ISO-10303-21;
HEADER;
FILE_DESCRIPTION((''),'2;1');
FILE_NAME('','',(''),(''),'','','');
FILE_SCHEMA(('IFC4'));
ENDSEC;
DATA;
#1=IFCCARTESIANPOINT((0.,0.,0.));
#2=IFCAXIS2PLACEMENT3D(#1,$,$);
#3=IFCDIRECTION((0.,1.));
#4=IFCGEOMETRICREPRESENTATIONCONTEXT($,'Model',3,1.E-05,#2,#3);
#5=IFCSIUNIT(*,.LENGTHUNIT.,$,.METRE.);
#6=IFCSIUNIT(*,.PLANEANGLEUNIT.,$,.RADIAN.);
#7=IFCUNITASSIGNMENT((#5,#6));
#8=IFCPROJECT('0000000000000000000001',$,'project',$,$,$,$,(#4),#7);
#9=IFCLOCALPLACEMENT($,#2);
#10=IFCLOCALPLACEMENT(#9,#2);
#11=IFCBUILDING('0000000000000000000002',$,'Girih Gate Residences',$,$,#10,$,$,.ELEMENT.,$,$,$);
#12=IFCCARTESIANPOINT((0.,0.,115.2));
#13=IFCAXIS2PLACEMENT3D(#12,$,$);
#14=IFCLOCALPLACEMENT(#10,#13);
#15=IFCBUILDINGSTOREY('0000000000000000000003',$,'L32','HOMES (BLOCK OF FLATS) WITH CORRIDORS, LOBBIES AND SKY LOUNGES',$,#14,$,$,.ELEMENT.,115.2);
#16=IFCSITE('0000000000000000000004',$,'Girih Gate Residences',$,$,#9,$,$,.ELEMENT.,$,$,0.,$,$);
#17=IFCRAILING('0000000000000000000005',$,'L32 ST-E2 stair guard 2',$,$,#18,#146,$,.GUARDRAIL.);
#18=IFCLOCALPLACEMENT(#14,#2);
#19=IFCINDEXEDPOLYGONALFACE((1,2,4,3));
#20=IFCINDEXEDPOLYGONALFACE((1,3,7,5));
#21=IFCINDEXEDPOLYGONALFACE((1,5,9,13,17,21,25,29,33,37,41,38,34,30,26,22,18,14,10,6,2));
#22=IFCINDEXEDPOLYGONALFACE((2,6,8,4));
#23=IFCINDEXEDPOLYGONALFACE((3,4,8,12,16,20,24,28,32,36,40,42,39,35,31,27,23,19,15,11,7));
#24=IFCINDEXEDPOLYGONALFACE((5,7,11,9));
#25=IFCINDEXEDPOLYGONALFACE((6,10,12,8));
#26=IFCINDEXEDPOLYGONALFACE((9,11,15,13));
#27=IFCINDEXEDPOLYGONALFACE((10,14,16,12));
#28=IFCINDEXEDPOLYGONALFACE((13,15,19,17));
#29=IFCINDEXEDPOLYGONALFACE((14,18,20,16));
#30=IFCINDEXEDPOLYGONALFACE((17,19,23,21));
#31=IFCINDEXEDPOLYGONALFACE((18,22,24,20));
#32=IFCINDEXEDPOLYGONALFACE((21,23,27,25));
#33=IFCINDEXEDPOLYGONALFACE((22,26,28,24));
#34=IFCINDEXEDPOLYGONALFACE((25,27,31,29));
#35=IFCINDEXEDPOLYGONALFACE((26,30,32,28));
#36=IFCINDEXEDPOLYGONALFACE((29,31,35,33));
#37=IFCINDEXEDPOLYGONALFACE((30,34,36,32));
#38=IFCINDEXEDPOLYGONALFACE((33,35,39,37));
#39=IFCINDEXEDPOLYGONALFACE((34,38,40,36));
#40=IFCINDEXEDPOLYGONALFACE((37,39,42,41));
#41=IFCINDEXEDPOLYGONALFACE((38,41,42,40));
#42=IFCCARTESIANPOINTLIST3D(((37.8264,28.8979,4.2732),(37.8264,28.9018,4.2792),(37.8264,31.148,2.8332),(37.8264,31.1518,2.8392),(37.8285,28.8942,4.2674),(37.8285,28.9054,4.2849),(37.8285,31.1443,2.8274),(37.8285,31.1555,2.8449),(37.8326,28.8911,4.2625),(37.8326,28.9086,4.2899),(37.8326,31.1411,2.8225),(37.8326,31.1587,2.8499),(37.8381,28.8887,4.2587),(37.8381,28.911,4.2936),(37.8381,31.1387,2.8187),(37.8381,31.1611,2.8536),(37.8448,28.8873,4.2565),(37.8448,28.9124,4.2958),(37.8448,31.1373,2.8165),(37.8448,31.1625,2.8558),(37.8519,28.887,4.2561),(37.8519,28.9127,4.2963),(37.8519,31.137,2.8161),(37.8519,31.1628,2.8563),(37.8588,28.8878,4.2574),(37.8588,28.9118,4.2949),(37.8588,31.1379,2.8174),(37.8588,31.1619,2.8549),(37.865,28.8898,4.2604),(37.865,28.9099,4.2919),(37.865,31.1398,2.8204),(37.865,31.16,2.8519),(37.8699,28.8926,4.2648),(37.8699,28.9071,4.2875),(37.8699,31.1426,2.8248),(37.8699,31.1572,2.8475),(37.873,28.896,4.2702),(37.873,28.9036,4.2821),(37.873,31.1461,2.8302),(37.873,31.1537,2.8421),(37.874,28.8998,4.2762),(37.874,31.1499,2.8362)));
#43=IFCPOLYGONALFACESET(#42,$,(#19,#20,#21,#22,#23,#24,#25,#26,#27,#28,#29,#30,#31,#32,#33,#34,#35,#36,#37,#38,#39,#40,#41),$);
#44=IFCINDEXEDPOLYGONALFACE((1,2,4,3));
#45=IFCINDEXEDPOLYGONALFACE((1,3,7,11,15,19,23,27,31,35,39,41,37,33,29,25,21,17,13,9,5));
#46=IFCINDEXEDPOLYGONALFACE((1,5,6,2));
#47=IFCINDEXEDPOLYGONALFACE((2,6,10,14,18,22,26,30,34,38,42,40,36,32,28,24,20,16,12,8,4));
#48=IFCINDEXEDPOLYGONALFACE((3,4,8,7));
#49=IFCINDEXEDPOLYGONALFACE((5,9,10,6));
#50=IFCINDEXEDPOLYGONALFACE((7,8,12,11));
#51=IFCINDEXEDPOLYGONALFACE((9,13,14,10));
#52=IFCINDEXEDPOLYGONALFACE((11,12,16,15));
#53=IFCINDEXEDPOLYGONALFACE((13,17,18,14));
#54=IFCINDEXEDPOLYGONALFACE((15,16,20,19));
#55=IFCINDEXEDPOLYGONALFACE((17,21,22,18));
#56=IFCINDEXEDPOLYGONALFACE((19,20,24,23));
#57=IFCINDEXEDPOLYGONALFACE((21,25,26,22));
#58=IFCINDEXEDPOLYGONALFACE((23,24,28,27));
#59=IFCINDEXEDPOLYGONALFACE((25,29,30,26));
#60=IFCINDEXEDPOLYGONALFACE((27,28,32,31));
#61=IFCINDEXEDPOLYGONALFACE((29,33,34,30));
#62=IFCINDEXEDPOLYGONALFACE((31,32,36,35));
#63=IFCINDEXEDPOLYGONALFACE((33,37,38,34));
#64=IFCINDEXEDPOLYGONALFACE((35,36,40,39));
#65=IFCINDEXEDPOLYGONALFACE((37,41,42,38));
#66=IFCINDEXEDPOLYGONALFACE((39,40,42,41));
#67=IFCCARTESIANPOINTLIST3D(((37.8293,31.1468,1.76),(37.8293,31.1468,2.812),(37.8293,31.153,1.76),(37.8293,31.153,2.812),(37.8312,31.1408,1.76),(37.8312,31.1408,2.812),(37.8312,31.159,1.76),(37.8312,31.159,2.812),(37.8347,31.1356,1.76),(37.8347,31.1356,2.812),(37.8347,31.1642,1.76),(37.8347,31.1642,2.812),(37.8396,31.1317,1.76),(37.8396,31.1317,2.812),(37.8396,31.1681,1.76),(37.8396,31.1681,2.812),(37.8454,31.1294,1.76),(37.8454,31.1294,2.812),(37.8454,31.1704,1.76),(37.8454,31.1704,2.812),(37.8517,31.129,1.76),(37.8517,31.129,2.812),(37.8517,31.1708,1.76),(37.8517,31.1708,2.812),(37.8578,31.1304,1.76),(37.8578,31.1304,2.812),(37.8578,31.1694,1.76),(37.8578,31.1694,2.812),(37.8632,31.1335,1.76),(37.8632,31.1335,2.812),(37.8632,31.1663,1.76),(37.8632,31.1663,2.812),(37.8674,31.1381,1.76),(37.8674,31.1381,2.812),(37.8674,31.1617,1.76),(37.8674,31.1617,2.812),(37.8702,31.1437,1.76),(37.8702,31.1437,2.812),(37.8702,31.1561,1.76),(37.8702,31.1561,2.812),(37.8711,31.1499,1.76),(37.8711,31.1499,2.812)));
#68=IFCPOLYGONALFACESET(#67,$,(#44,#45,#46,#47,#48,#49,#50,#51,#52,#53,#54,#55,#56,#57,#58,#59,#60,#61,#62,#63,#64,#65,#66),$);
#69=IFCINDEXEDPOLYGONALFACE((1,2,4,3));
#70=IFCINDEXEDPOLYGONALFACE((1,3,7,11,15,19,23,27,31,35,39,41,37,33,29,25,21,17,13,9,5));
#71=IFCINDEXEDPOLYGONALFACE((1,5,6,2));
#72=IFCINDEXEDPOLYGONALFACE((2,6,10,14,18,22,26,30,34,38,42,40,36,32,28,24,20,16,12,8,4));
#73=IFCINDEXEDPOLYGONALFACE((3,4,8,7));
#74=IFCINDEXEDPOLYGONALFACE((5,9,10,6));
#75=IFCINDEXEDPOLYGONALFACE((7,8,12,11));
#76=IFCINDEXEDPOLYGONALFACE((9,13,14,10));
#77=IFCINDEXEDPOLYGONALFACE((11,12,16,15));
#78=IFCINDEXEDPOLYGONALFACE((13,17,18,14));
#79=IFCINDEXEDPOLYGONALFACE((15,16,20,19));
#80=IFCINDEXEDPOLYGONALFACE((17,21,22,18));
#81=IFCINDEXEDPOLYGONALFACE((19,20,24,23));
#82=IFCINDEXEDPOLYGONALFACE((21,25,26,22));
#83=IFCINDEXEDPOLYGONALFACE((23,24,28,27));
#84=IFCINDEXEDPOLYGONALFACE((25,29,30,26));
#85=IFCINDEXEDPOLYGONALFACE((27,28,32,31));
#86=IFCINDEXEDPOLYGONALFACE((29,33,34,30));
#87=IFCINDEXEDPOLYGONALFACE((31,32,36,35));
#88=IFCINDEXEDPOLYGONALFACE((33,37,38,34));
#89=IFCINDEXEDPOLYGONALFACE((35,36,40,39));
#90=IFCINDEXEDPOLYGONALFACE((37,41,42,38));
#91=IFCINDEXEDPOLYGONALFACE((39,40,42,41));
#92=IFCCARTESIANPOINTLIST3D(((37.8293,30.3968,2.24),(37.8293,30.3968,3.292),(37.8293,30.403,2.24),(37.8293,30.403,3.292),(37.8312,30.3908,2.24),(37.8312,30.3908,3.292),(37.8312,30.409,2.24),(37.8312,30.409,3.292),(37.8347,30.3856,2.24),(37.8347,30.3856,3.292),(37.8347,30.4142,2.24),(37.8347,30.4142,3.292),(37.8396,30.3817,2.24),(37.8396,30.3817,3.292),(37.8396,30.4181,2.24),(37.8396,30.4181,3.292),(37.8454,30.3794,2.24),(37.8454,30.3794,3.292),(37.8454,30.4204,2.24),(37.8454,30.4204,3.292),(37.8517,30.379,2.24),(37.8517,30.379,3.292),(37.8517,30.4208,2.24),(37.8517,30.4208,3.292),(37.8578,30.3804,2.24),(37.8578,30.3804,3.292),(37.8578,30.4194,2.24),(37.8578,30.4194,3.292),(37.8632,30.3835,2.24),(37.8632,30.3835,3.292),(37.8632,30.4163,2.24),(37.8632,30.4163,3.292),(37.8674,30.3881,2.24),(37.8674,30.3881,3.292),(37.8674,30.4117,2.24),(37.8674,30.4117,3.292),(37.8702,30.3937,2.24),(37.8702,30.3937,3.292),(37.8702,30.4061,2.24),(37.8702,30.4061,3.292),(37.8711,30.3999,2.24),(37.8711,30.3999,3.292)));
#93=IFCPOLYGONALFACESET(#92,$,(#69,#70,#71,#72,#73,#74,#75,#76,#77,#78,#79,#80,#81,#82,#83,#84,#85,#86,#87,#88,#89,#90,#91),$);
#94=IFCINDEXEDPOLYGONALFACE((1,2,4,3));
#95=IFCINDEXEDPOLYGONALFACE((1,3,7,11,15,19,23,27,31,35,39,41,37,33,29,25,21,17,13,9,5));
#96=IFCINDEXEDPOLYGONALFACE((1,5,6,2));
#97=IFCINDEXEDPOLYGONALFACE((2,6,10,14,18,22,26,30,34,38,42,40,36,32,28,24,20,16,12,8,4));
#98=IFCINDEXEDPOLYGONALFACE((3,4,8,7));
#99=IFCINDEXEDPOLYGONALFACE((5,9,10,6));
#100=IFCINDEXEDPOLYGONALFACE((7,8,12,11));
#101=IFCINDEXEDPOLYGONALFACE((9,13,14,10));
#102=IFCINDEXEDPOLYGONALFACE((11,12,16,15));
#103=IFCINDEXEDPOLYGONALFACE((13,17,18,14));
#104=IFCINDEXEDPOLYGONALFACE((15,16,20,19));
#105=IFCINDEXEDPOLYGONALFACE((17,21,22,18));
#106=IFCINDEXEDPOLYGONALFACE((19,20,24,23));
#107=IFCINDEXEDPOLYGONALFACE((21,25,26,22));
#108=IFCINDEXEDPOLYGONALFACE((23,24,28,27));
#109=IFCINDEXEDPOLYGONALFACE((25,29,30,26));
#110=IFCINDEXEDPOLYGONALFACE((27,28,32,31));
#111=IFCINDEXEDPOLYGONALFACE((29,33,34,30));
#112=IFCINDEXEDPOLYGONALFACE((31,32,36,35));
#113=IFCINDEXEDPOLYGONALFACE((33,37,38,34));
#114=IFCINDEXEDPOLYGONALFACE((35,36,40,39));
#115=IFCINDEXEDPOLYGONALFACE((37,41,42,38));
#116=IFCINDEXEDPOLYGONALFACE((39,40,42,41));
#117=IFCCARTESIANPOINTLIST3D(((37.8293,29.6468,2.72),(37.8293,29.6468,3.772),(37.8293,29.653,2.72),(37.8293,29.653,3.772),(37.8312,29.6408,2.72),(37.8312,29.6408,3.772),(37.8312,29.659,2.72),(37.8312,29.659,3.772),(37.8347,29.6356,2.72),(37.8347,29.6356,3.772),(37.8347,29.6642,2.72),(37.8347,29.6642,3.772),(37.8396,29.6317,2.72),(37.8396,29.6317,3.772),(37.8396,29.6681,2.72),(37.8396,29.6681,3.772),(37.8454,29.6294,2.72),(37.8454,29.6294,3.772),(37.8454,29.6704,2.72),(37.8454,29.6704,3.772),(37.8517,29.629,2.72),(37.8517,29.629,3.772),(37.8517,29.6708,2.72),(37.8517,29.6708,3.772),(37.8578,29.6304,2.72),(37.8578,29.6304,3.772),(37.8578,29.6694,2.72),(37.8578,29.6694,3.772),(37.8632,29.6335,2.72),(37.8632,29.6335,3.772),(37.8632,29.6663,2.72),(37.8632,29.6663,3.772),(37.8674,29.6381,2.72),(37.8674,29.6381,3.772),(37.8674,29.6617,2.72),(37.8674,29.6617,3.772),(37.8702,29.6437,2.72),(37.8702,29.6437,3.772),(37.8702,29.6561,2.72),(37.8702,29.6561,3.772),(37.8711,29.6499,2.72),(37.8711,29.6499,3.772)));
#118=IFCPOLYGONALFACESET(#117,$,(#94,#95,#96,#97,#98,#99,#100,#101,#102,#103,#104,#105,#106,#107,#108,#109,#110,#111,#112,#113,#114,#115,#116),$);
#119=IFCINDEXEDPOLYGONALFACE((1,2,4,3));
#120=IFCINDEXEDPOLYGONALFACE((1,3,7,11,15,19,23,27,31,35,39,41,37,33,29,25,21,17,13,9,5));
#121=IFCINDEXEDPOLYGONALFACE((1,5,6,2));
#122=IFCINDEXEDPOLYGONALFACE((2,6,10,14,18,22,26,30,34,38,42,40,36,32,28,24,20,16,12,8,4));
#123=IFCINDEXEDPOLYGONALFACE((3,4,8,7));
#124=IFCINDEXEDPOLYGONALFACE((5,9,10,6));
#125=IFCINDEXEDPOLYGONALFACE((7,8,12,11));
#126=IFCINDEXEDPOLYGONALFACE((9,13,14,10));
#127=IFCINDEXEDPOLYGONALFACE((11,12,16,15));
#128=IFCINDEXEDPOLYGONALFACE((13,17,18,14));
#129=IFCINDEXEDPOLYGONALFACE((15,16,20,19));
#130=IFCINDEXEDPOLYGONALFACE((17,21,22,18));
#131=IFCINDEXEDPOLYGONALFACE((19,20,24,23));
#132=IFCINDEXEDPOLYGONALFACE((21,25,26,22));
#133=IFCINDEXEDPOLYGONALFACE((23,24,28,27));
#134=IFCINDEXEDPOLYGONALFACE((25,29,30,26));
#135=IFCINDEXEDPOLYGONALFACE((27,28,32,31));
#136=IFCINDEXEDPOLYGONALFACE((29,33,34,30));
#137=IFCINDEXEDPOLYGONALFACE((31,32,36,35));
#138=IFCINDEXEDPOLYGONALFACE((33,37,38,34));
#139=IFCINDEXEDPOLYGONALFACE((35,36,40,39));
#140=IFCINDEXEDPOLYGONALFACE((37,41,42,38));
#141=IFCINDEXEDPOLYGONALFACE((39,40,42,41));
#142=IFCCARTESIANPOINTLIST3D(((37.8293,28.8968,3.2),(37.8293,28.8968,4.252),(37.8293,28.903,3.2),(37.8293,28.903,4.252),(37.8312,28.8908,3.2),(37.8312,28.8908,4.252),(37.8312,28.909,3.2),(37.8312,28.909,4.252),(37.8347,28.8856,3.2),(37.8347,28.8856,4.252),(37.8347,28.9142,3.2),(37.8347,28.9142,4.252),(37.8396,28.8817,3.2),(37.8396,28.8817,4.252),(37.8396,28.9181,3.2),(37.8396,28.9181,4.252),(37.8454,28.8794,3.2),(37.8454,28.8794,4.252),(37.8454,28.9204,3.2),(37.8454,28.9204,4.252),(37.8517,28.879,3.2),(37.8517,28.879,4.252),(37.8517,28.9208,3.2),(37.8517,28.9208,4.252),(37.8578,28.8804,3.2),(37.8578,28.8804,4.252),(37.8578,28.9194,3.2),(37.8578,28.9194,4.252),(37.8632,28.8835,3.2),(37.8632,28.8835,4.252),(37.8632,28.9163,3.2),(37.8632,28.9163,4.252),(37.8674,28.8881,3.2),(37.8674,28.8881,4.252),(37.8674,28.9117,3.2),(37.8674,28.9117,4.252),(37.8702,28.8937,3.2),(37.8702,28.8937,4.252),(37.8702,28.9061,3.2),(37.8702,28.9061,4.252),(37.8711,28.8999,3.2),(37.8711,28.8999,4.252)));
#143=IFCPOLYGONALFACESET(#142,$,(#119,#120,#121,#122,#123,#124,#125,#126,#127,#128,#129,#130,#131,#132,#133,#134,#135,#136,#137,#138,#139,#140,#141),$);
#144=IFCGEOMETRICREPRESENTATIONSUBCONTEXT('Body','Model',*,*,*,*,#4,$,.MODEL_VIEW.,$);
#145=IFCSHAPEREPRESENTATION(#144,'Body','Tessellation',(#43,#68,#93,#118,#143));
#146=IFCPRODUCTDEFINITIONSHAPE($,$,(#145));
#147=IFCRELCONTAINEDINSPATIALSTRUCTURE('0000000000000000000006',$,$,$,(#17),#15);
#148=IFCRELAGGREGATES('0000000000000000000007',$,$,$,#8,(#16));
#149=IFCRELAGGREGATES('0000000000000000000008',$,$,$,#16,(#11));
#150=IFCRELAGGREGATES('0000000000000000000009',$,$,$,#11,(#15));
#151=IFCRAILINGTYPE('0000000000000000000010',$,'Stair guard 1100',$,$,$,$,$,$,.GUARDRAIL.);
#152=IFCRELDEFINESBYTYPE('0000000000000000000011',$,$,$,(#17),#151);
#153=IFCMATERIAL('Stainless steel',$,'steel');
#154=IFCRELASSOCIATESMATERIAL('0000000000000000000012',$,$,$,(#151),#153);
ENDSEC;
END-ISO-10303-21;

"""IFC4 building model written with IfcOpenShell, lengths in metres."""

from ifc_helpers import new_model, si_unit, direction, frame, origin, origin_2d, place, context, subcontext, project, spatial, circle, extrude, material, type_object, element, save


model = new_model("IFC4")

# Units and contexts
model_context = context("Model", 3, precision=1e-05, world=origin(), true_north=direction((0.0, 1.0)))
body_context = subcontext(model_context, "Body", "Model", "MODEL_VIEW")
ifc_project = project(units=[si_unit("LENGTHUNIT", "METRE"), si_unit("PLANEANGLEUNIT", "RADIAN")], contexts=[model_context])

# Site, building, storey
site_placement = place(None, origin())
site = spatial("IfcSite", under=ifc_project, at=site_placement, Name="Girih Gate Residences", CompositionType="ELEMENT", RefElevation=0.0)
building_placement = place(site_placement, origin())
building = spatial("IfcBuilding", under=site, at=building_placement, Name="Girih Gate Residences", CompositionType="ELEMENT")
storey_placement = place(building_placement, frame((0.0, 0.0, 115.2)))
storey = spatial("IfcBuildingStorey", under=building, at=storey_placement, Name="L32", Description="HOMES (BLOCK OF FLATS) WITH CORRIDORS, LOBBIES AND SKY LOUNGES", CompositionType="ELEMENT", Elevation=115.2)

# Railing
ifc_material_1 = material(Name="Stainless steel", Category="steel")
railing_type_1 = type_object("IfcRailingType", Name="Stair guard 1100", PredefinedType="GUARDRAIL", material=ifc_material_1)
railing_1_placement = place(storey_placement, frame((37.8501, 31.1499, 1.76)))
element("IfcRailing", 1, at=railing_1_placement, inside=storey, type_object=railing_type_1, Name="L32 ST-E2 stair guard 2", PredefinedType="GUARDRAIL", context=body_context, shape_type="SweptSolid", body=[
    extrude(circle(Radius=0.0239, at=origin_2d()), frame((0.0, 0.0, 1.0762), z_axis=(0.0, -0.842281, 0.539038), x_axis=(1.0, 0.0, 0.0)), (0.0, 0.0, 1.0), 2.6714),
    extrude(circle(Radius=0.021, at=origin_2d()), origin(), (0.0, 0.0, 1.0), 1.052),
    extrude(circle(Radius=0.021, at=origin_2d()), frame((0.0, -0.75, 0.48)), (0.0, 0.0, 1.0), 1.052),
    extrude(circle(Radius=0.021, at=origin_2d()), frame((0.0, -1.5, 0.96)), (0.0, 0.0, 1.0), 1.052),
    extrude(circle(Radius=0.021, at=origin_2d()), frame((0.0, -2.25, 1.4399)), (0.0, 0.0, 1.0), 1.052),
])

save(model, "model.ifc")
